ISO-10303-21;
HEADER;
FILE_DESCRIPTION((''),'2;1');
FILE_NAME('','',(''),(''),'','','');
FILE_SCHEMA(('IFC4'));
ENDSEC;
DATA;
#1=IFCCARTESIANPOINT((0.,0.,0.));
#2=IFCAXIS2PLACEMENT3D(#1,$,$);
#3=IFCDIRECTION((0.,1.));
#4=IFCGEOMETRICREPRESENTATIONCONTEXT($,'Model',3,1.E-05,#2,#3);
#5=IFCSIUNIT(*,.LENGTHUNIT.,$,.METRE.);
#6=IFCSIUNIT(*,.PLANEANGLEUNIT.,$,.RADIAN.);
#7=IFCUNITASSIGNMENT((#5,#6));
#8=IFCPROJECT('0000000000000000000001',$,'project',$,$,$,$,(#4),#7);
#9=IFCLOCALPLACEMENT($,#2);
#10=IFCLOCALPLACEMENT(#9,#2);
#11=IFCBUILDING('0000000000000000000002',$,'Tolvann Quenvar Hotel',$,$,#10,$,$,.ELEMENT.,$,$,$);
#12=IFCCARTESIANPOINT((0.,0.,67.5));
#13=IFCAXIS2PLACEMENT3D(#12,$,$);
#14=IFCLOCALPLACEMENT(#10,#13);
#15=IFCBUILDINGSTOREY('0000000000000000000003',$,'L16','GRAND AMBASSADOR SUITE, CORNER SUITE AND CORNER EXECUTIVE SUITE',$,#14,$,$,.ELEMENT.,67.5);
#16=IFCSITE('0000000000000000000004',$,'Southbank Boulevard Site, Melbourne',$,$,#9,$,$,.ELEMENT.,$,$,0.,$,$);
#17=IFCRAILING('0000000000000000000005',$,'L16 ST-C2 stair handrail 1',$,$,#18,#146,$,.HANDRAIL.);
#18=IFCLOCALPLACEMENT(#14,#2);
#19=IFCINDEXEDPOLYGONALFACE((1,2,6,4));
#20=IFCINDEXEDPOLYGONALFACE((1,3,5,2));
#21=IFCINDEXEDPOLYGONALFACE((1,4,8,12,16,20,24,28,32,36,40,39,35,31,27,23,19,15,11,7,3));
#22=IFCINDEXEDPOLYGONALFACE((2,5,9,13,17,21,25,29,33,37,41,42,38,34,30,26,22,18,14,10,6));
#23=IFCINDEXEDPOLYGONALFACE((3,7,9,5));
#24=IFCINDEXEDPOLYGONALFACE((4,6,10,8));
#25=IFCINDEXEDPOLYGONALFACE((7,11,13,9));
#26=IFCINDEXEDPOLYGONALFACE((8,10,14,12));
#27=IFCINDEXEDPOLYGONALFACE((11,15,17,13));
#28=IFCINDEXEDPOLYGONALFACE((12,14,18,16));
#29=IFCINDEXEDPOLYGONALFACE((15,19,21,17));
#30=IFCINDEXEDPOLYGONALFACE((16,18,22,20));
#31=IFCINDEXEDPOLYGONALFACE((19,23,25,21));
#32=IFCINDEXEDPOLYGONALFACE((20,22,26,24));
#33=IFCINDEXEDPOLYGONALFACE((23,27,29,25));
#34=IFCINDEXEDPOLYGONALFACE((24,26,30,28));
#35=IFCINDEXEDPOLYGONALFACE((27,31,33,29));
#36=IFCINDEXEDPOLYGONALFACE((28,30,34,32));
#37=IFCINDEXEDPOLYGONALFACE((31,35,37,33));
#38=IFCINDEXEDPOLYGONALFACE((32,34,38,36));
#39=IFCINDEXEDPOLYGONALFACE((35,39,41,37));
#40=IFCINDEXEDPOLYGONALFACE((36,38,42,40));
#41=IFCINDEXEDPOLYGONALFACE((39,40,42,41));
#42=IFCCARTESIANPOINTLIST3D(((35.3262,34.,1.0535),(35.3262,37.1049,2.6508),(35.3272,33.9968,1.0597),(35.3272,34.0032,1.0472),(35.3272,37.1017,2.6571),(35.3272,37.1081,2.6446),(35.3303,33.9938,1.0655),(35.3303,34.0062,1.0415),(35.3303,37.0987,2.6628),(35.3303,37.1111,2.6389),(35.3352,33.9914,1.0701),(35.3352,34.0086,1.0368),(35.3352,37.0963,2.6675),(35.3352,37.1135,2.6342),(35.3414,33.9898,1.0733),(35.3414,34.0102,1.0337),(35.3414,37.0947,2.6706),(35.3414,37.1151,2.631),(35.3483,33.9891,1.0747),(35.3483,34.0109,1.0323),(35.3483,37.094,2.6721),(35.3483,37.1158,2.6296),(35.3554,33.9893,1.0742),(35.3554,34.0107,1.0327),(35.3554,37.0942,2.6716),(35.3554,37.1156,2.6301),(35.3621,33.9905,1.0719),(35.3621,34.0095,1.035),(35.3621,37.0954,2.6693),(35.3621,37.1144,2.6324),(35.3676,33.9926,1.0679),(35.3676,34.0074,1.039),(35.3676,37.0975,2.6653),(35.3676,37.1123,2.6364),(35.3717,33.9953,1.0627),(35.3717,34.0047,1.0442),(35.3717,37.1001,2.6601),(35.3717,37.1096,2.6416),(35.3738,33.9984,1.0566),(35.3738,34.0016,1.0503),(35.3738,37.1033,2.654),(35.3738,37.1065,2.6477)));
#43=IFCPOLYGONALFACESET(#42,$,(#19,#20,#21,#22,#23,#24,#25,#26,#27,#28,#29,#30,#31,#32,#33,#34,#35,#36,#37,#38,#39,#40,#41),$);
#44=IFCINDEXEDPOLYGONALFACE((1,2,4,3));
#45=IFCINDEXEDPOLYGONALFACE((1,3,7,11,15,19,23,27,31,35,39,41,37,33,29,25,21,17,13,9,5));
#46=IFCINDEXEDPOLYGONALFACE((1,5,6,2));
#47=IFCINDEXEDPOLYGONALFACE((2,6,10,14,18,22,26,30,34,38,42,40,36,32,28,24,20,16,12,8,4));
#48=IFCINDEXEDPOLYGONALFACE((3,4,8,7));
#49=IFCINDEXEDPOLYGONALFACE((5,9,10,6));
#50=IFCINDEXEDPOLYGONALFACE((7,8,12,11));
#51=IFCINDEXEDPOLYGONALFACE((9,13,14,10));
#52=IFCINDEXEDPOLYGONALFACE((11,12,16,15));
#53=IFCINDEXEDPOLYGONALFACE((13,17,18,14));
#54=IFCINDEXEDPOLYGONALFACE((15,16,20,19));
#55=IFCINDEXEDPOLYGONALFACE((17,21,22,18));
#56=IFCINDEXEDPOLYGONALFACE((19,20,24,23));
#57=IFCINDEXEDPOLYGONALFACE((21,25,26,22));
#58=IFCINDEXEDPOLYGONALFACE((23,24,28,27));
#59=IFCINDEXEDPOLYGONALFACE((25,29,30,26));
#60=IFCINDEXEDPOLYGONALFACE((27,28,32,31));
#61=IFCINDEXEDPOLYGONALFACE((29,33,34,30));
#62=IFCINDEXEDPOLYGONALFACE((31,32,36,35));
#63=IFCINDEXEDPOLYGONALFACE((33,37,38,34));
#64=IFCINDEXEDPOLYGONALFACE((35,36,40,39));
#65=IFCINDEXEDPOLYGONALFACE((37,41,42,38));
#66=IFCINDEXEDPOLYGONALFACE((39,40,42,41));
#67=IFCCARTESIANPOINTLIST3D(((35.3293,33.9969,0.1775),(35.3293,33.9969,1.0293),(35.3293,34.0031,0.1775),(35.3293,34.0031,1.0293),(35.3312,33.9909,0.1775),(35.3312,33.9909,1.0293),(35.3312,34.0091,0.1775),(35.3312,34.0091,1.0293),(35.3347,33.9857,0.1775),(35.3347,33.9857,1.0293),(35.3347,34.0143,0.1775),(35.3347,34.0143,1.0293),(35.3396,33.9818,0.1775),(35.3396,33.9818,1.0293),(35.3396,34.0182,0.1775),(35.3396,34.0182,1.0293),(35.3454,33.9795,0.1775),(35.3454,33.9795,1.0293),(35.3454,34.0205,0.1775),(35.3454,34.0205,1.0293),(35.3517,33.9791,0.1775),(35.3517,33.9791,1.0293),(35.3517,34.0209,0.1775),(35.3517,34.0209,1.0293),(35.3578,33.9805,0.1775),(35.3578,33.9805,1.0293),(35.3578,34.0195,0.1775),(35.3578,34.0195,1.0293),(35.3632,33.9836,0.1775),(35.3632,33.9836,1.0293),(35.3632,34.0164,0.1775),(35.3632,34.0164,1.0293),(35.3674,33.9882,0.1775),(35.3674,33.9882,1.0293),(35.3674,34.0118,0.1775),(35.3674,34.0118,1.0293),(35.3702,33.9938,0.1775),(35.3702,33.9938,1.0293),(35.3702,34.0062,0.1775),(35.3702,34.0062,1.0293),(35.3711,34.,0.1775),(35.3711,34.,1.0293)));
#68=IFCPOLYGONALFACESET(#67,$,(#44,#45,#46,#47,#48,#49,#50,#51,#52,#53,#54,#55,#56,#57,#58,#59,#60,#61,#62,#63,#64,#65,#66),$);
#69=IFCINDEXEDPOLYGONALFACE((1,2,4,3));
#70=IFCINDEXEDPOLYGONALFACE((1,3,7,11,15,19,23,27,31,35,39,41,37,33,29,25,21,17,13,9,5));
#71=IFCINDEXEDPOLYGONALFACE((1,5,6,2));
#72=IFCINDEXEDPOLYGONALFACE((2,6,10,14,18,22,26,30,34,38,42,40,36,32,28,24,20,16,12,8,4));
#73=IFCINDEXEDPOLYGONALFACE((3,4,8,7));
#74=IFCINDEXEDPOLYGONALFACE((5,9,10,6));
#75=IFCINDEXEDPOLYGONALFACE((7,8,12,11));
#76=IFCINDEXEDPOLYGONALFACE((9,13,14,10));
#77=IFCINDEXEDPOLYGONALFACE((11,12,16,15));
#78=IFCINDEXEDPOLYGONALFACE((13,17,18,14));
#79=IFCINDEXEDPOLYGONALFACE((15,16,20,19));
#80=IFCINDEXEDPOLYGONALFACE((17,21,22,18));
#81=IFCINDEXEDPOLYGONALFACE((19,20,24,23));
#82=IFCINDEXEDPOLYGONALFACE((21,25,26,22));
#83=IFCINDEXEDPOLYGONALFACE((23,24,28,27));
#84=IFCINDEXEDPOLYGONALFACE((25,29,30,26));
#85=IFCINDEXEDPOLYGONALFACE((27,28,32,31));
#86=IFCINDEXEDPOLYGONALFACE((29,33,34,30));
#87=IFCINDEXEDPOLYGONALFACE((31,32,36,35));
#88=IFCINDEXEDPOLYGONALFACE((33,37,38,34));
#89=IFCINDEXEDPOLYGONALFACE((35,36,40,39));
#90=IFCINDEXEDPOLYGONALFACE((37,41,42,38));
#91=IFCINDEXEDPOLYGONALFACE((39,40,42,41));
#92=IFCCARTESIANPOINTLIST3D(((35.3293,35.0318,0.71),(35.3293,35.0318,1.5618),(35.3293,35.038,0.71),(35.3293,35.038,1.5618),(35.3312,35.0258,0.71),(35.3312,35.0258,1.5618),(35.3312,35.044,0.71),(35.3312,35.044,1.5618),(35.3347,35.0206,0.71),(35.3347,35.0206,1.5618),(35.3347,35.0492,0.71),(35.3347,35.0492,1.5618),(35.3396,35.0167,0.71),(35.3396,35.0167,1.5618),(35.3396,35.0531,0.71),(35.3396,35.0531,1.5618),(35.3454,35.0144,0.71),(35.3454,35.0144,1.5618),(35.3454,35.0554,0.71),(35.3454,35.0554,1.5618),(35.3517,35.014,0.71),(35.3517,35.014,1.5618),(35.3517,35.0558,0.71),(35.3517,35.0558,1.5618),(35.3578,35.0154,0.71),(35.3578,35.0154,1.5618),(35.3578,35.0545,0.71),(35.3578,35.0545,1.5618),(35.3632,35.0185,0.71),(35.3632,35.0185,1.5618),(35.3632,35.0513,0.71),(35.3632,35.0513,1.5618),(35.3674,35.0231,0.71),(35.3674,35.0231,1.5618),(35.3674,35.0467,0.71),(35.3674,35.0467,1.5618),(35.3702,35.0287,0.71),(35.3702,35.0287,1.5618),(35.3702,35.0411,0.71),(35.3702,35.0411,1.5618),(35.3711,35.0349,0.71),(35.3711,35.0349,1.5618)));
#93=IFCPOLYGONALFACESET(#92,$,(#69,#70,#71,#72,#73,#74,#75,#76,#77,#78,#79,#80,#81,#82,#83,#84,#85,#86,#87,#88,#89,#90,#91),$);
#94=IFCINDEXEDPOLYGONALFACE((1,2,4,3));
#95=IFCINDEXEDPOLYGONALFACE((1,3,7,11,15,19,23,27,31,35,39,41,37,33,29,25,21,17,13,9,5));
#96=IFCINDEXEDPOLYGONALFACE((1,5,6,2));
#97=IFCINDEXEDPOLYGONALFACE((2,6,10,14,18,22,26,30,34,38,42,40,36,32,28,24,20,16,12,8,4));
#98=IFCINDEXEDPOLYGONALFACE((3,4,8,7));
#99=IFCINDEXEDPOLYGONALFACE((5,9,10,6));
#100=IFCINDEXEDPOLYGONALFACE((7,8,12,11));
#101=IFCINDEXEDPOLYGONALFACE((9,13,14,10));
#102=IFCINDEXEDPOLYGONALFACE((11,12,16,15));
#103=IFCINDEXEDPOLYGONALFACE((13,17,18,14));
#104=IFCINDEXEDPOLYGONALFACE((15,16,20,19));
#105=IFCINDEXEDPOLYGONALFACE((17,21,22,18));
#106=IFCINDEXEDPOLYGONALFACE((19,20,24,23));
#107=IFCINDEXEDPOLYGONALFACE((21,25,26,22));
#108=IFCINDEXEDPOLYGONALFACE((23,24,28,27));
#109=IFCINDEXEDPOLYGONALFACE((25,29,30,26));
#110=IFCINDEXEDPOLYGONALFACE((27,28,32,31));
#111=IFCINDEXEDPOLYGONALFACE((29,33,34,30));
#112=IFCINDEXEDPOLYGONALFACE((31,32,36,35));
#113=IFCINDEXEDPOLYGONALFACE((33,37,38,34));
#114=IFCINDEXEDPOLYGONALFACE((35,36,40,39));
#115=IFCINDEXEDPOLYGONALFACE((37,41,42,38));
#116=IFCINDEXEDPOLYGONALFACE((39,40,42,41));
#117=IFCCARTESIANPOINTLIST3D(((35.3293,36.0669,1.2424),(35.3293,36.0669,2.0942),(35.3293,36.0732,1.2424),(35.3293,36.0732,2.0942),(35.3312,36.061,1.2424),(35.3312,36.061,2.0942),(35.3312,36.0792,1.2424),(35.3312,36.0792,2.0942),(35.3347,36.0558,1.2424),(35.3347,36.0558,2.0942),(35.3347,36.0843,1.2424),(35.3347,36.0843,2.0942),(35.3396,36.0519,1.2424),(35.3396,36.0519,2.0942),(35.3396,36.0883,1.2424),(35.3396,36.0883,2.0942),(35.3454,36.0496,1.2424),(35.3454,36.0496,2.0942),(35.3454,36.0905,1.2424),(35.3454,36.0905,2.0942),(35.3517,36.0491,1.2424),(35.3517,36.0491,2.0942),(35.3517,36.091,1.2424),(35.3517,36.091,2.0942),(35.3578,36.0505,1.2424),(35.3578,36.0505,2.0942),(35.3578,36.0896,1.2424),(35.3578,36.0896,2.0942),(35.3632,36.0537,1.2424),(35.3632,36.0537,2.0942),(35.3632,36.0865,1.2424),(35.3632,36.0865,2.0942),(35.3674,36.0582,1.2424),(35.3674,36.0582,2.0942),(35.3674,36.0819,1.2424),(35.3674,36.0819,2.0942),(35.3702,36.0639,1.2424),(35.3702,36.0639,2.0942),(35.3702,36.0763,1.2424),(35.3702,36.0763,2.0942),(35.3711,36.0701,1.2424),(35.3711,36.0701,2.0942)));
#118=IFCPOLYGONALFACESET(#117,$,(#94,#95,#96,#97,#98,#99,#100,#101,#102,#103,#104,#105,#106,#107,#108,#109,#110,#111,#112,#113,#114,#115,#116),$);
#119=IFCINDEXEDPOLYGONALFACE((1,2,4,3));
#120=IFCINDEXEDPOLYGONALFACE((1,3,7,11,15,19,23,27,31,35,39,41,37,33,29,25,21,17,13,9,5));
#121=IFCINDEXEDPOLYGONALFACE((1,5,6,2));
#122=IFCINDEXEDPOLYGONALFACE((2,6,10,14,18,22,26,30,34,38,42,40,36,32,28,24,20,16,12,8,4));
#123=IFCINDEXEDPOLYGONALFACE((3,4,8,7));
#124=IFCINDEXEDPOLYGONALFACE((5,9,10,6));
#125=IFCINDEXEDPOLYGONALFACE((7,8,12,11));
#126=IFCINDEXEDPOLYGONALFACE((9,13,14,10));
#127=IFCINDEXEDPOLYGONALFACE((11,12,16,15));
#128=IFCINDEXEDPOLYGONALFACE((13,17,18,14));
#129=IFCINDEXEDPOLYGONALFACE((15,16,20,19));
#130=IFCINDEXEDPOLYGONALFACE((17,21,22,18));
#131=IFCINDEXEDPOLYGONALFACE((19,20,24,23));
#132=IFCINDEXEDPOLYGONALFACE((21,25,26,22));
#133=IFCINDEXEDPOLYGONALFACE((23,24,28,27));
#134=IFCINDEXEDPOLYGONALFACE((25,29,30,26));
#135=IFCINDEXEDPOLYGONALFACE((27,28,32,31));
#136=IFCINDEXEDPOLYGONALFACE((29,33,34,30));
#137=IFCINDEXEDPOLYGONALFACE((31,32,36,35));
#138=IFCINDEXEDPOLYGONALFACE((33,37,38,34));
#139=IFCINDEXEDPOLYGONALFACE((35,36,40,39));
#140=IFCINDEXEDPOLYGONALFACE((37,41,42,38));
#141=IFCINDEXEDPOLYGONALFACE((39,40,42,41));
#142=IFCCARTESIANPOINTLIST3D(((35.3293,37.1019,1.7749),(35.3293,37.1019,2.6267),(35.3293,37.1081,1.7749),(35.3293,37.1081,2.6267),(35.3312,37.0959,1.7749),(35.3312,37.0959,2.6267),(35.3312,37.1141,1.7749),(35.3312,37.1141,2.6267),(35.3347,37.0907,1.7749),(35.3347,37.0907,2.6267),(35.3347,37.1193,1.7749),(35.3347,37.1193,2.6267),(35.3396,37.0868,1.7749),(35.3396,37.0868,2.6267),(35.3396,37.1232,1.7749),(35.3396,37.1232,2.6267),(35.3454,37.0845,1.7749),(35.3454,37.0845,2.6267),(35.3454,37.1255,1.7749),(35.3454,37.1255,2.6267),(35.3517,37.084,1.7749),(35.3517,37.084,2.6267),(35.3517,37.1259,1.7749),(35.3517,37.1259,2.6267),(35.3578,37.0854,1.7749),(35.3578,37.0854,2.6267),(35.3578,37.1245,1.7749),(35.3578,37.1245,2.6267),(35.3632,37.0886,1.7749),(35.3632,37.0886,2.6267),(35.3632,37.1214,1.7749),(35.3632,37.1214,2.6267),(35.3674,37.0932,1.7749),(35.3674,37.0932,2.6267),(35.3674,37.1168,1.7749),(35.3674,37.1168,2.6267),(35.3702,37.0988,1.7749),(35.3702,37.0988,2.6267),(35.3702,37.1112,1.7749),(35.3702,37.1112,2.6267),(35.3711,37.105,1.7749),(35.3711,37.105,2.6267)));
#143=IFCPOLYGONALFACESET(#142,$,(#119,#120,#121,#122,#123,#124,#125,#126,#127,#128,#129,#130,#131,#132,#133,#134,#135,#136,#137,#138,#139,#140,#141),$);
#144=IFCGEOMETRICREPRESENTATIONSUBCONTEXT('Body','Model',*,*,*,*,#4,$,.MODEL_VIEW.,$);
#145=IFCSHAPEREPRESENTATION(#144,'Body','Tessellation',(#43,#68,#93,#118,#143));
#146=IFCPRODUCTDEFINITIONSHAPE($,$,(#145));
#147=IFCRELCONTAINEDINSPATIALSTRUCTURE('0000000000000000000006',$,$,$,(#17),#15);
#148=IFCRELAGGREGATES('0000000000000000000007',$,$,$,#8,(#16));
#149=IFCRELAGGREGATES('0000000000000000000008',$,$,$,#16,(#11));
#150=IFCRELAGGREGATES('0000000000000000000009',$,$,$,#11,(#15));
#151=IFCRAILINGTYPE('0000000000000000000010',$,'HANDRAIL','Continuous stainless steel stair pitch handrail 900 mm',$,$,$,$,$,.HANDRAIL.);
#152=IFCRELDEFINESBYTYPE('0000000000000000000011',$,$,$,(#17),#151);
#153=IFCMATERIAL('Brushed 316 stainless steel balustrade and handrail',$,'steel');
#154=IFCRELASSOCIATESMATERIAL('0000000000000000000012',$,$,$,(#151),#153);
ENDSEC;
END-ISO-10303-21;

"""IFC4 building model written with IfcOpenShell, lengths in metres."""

from ifc_helpers import new_model, si_unit, direction, frame, origin, origin_2d, place, context, subcontext, project, spatial, circle, extrude, material, type_object, element, save


model = new_model("IFC4")

# Units and contexts
model_context = context("Model", 3, precision=1e-05, world=origin(), true_north=direction((0.0, 1.0)))
body_context = subcontext(model_context, "Body", "Model", "MODEL_VIEW")
ifc_project = project(units=[si_unit("LENGTHUNIT", "METRE"), si_unit("PLANEANGLEUNIT", "RADIAN")], contexts=[model_context])

# Site, building, storey
site_placement = place(None, origin())
site = spatial("IfcSite", under=ifc_project, at=site_placement, Name="Southbank Boulevard Site, Melbourne", CompositionType="ELEMENT", RefElevation=0.0)
building_placement = place(site_placement, origin())
building = spatial("IfcBuilding", under=site, at=building_placement, Name="Tolvann Quenvar Hotel", CompositionType="ELEMENT")
storey_placement = place(building_placement, frame((0.0, 0.0, 67.5)))
storey = spatial("IfcBuildingStorey", under=building, at=storey_placement, Name="L16", Description="GRAND AMBASSADOR SUITE, CORNER SUITE AND CORNER EXECUTIVE SUITE", CompositionType="ELEMENT", Elevation=67.5)

# Railing
ifc_material_1 = material(Name="Brushed 316 stainless steel balustrade and handrail", Category="steel")
railing_type_1 = type_object("IfcRailingType", Name="HANDRAIL", Description="Continuous stainless steel stair pitch handrail 900 mm", PredefinedType="HANDRAIL", material=ifc_material_1)
railing_1_placement = place(storey_placement, frame((35.3501, 34.0, 0.1775)))
element("IfcRailing", 1, at=railing_1_placement, inside=storey, type_object=railing_type_1, Name="L16 ST-C2 stair handrail 1", PredefinedType="HANDRAIL", context=body_context, shape_type="SweptSolid", body=[
    extrude(circle(Radius=0.0239, at=origin_2d()), frame((0.0, 0.0, 0.876), z_axis=(0.0, 0.889222, 0.457476), x_axis=(-1.0, 0.0, 0.0)), (0.0, 0.0, 1.0), 3.4917),
    extrude(circle(Radius=0.021, at=origin_2d()), origin(), (0.0, 0.0, 1.0), 0.8518),
    extrude(circle(Radius=0.021, at=origin_2d()), frame((0.0, 1.0349, 0.5325)), (0.0, 0.0, 1.0), 0.8518),
    extrude(circle(Radius=0.021, at=origin_2d()), frame((0.0, 2.0701, 1.0649)), (0.0, 0.0, 1.0), 0.8518),
    extrude(circle(Radius=0.021, at=origin_2d()), frame((0.0, 3.105, 1.5974)), (0.0, 0.0, 1.0), 0.8518),
])

save(model, "model.ifc")
